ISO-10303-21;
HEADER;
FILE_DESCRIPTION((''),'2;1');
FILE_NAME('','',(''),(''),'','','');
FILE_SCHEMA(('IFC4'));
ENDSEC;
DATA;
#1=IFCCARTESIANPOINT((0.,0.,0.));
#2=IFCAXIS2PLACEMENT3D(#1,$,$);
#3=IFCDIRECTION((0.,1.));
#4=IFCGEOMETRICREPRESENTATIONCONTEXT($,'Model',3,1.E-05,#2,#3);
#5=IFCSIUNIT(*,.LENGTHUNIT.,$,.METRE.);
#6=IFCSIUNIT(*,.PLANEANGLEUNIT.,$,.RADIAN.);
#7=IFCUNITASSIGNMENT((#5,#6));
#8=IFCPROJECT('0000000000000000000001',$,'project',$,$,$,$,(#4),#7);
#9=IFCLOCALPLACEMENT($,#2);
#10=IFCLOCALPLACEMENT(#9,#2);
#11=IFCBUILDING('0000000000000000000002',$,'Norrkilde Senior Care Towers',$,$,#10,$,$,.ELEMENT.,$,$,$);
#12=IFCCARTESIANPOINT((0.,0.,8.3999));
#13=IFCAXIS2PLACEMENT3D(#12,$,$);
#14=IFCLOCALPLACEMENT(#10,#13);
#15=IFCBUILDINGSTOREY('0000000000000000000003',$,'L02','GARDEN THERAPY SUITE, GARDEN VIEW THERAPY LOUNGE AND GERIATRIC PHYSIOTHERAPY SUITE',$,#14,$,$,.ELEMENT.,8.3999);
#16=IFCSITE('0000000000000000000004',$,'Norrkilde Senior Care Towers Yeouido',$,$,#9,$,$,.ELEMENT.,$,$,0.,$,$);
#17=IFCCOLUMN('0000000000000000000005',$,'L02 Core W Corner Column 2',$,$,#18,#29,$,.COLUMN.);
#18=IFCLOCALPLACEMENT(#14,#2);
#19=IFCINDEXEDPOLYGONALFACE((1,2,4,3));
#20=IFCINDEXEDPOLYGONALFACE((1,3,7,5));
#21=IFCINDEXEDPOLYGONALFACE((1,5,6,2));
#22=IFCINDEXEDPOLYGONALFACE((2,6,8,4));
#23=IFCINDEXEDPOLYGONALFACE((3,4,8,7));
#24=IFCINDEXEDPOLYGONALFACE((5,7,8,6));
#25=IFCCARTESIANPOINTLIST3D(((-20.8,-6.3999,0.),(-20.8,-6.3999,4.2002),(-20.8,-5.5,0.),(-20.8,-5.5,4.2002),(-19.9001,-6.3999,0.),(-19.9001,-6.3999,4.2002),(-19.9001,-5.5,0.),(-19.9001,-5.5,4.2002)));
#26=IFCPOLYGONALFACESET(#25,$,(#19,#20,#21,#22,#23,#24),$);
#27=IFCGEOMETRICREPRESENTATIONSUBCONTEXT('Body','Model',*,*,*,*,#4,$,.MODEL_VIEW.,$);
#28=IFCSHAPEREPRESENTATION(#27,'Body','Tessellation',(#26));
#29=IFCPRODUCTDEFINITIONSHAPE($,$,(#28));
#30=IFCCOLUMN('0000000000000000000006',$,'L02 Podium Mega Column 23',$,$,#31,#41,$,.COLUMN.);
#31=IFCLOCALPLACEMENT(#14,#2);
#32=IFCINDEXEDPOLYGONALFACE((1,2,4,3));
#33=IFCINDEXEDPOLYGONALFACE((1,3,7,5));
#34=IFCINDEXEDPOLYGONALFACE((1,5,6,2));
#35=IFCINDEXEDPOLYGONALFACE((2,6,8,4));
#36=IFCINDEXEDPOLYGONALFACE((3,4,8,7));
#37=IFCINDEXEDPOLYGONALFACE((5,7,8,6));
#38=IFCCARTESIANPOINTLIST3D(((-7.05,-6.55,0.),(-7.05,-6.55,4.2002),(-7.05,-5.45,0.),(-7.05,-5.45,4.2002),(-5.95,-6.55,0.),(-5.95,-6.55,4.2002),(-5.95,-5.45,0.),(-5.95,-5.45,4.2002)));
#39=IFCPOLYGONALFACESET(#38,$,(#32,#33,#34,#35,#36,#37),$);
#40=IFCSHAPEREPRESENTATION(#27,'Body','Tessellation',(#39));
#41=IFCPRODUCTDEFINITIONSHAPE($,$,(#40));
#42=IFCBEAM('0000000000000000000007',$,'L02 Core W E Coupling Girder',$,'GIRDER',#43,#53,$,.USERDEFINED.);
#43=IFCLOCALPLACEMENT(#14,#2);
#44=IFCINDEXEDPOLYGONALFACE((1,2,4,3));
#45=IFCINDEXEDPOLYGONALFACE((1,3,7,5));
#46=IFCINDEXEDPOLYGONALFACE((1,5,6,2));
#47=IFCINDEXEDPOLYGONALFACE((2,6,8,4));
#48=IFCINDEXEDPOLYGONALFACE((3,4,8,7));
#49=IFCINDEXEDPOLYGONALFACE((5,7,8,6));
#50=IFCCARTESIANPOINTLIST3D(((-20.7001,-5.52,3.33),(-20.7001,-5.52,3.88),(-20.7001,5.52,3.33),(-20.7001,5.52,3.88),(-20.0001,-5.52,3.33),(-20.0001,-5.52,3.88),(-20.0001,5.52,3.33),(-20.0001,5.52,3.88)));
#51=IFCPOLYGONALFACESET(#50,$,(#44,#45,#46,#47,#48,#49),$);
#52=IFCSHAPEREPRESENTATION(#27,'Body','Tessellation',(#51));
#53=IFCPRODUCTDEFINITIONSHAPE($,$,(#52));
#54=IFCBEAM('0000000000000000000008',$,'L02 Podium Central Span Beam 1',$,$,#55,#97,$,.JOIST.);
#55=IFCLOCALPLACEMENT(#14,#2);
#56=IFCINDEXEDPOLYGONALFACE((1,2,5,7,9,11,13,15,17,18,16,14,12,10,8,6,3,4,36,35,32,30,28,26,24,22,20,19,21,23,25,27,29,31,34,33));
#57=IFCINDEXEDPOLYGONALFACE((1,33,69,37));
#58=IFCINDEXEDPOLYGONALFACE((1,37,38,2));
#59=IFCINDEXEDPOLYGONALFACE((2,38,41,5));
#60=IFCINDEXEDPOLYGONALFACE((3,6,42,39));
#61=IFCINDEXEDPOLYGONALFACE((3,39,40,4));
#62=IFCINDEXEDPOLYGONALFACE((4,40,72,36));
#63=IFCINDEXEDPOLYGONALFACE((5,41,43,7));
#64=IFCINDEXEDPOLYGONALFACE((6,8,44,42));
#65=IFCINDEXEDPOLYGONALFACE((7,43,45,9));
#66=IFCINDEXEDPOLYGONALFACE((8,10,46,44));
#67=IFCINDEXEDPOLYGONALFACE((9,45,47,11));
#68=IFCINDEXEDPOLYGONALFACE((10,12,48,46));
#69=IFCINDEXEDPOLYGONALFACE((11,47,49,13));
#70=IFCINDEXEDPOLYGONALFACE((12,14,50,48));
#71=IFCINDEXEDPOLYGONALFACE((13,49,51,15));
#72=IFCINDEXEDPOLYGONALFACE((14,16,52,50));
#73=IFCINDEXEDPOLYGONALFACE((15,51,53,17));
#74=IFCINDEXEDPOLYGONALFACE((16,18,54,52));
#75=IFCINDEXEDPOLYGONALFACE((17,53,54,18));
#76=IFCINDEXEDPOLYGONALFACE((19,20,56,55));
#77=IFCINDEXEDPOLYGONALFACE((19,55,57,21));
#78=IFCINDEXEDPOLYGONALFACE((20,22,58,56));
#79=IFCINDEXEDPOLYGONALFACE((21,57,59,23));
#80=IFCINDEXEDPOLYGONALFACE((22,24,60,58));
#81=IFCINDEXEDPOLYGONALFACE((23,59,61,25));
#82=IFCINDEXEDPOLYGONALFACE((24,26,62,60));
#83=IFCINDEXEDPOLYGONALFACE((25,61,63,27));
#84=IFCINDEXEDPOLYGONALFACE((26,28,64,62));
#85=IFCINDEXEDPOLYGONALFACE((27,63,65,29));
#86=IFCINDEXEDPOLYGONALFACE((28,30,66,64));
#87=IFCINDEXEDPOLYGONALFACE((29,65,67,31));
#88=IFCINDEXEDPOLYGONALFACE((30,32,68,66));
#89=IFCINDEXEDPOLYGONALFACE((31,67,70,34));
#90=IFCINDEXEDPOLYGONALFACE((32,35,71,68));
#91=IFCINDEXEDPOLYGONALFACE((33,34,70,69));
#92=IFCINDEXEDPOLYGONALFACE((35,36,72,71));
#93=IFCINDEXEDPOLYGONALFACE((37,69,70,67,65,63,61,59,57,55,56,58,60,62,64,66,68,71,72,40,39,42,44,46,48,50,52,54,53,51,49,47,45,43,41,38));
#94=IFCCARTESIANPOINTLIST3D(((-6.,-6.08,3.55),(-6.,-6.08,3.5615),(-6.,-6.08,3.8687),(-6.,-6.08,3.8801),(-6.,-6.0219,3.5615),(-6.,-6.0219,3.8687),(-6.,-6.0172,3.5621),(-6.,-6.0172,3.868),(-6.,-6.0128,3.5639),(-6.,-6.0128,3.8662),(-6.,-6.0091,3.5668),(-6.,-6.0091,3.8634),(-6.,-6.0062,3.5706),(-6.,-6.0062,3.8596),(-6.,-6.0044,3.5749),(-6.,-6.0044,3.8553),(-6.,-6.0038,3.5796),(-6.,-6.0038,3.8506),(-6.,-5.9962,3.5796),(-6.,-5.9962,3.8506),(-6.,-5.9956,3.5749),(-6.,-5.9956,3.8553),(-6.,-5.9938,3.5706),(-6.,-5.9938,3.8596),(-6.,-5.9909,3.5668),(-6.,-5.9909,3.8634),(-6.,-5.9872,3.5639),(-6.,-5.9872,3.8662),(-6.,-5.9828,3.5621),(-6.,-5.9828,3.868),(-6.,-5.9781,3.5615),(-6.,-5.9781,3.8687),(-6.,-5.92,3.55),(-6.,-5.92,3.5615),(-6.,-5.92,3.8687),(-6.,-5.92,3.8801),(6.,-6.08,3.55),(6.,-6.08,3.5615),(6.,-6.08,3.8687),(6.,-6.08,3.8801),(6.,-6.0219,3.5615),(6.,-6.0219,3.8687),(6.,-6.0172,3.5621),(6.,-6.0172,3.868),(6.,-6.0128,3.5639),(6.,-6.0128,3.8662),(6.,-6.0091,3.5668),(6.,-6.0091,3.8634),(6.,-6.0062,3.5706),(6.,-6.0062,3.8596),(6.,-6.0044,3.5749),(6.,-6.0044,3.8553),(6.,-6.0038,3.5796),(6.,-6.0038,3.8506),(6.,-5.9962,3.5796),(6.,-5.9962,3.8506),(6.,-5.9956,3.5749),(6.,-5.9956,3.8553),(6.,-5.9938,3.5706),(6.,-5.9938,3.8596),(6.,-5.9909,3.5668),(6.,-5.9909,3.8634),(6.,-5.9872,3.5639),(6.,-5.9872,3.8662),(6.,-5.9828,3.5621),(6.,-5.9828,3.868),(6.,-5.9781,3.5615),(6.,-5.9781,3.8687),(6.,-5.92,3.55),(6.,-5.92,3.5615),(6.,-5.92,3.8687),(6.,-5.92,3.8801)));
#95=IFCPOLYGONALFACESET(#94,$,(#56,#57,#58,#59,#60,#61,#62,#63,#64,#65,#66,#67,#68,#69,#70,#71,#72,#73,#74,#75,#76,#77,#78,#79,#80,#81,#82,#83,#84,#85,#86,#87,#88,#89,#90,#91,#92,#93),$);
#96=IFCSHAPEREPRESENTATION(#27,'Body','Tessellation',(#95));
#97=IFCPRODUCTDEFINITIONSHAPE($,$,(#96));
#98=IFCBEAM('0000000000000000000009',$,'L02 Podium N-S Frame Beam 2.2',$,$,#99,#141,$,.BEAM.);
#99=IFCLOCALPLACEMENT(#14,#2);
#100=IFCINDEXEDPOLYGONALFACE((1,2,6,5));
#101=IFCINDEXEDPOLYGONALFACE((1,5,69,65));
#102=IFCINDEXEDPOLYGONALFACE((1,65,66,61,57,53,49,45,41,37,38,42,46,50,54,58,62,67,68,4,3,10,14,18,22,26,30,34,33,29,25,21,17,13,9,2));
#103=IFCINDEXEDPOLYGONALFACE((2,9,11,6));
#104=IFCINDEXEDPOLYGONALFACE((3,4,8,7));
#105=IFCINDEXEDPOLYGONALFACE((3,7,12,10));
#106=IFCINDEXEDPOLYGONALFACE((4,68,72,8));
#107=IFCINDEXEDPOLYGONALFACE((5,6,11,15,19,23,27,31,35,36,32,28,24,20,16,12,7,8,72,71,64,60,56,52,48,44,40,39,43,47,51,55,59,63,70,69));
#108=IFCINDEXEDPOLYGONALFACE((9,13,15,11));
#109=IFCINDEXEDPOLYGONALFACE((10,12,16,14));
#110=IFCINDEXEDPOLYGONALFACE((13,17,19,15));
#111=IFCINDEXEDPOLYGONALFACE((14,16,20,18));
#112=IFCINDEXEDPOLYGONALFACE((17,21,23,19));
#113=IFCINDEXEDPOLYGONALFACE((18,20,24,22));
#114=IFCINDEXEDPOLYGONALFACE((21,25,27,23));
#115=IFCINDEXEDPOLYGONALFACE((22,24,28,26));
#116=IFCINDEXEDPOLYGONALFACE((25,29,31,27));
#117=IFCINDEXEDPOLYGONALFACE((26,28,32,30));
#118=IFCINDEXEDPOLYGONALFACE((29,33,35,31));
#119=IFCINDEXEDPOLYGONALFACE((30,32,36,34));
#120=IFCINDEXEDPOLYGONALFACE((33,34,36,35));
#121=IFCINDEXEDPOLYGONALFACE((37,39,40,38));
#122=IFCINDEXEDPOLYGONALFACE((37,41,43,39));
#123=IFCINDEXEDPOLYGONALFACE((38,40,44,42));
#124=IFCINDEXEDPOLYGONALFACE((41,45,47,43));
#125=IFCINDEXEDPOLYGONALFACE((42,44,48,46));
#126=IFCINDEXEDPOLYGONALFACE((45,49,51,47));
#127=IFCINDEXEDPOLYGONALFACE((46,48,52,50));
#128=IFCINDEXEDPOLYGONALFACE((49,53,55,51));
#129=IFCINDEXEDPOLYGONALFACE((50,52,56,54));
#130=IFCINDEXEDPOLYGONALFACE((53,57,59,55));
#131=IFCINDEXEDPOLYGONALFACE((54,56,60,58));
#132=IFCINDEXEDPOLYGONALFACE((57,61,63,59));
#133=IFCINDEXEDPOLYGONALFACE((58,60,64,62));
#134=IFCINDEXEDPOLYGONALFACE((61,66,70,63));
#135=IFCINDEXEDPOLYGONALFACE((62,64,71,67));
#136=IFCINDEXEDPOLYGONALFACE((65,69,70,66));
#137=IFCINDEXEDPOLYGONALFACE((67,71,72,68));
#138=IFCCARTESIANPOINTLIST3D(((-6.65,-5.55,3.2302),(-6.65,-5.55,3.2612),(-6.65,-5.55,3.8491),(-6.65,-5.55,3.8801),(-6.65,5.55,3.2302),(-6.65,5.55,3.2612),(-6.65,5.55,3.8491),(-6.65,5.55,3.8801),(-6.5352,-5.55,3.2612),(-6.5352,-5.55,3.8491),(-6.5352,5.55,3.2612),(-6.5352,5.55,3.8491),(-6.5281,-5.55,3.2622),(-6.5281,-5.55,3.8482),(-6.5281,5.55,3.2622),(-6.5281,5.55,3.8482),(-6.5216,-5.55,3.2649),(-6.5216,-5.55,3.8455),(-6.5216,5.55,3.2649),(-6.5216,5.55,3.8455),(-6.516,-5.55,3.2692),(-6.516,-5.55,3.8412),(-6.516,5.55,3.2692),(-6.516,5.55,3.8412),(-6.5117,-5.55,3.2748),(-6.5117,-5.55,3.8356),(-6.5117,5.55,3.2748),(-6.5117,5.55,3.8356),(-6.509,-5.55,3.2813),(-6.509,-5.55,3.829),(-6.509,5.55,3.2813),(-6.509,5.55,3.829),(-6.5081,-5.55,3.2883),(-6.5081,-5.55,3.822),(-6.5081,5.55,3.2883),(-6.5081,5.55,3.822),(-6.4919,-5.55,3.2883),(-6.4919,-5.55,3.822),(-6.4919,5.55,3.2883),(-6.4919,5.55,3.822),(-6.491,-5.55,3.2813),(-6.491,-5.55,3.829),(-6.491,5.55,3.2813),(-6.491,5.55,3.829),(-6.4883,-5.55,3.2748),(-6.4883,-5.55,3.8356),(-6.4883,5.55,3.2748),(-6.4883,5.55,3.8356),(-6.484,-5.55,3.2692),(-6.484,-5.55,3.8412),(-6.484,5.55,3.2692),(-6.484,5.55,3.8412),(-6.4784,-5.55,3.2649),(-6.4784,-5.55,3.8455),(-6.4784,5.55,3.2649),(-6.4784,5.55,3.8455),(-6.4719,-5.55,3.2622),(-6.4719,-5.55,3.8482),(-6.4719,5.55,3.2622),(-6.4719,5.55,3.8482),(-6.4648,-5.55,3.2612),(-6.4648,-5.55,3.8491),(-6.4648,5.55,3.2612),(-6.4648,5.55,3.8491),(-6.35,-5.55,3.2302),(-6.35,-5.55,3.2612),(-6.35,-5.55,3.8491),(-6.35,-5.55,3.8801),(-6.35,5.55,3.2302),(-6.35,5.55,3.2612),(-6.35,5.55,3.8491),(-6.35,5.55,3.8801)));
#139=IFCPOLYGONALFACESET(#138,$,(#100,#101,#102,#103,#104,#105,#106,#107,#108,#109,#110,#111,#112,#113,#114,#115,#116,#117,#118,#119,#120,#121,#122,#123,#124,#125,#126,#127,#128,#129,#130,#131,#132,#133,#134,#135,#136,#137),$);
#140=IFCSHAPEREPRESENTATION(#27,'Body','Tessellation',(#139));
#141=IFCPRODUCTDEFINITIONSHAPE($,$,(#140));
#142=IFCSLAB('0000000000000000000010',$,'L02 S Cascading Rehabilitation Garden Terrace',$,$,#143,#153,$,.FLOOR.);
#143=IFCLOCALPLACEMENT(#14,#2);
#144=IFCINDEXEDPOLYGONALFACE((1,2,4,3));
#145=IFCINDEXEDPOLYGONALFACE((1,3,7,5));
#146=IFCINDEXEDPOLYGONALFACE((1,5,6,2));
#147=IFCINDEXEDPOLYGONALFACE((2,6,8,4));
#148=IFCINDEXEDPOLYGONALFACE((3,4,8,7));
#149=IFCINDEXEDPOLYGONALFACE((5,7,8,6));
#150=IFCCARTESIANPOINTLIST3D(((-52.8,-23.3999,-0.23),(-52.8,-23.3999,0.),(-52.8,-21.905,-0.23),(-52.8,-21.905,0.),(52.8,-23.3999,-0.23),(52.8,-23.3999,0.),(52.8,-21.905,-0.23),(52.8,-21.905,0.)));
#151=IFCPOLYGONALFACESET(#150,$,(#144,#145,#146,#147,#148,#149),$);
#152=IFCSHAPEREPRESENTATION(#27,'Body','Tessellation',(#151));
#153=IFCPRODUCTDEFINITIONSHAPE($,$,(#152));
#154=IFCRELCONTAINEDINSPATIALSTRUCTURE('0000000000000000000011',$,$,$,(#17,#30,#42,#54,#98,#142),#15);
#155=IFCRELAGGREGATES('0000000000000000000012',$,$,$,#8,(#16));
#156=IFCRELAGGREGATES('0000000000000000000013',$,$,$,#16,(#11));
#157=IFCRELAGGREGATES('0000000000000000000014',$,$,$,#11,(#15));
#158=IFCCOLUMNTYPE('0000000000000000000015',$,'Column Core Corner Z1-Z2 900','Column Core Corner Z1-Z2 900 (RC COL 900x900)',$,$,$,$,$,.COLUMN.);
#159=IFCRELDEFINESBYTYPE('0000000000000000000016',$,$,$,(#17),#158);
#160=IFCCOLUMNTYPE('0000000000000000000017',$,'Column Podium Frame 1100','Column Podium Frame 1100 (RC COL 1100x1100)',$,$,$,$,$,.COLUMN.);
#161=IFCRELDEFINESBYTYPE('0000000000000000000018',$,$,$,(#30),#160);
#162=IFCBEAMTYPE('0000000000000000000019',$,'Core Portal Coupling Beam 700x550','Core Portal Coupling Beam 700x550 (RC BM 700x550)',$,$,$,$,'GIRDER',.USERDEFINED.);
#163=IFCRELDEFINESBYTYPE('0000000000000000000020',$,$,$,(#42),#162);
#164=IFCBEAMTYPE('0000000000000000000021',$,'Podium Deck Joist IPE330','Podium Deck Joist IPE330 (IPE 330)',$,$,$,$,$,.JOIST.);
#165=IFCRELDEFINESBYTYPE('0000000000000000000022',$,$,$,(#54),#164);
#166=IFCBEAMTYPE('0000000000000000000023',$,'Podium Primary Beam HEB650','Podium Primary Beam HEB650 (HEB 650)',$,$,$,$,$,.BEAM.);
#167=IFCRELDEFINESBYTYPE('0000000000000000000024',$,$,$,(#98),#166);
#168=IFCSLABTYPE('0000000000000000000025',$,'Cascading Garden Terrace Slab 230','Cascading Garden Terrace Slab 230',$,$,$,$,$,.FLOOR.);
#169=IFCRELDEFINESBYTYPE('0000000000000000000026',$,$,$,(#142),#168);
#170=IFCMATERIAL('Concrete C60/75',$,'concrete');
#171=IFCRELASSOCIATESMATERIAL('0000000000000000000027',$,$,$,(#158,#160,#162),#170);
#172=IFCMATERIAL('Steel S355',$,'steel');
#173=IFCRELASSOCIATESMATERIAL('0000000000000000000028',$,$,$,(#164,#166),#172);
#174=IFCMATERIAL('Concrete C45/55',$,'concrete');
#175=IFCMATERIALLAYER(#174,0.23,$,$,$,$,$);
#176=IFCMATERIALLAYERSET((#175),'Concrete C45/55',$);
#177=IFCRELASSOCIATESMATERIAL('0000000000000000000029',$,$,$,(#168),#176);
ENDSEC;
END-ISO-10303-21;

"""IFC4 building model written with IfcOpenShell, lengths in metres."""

from ifc_helpers import new_model, si_unit, direction, frame, origin, origin_2d, place, context, subcontext, project, spatial, polyline, rectangle, i_section, outline, extrude, source, transform, mapped, material, layer, layer_set, material_profile, profile_set, type_object, type_shapes, element, save


model = new_model("IFC4")

# Units and contexts
model_context = context("Model", 3, precision=1e-05, world=origin(), true_north=direction((0.0, 1.0)))
body_context = subcontext(model_context, "Body", "Model", "MODEL_VIEW")
ifc_project = project(units=[si_unit("LENGTHUNIT", "METRE"), si_unit("PLANEANGLEUNIT", "RADIAN")], contexts=[model_context])

# Site, building, storey
site_placement = place(None, origin())
site = spatial("IfcSite", under=ifc_project, at=site_placement, Name="Norrkilde Senior Care Towers Yeouido", CompositionType="ELEMENT", RefElevation=0.0)
building_placement = place(site_placement, origin())
building = spatial("IfcBuilding", under=site, at=building_placement, Name="Norrkilde Senior Care Towers", CompositionType="ELEMENT")
storey_placement = place(building_placement, frame((0.0, 0.0, 8.3999)))
storey = spatial("IfcBuildingStorey", under=building, at=storey_placement, Name="L02", Description="GARDEN THERAPY SUITE, GARDEN VIEW THERAPY LOUNGE AND GERIATRIC PHYSIOTHERAPY SUITE", CompositionType="ELEMENT", Elevation=8.3999)

# Columns
ifc_material_1 = material(Name="Concrete C60/75", Category="concrete")
ifc_material_profile_1 = material_profile(ifc_material_1, rectangle(XDim=0.8999, YDim=0.8999, at=origin_2d()), Name="RC COL 900x900")
ifc_profile_set_1 = profile_set([ifc_material_profile_1], Name="Concrete C60/75")
column_type_1 = type_object("IfcColumnType", Name="Column Core Corner Z1-Z2 900", Description="Column Core Corner Z1-Z2 900 (RC COL 900x900)", PredefinedType="COLUMN", material=ifc_profile_set_1)
shared_shape_1 = source(origin(), body_context, "Body", "SweptSolid", [
    extrude(rectangle(XDim=0.8999, YDim=0.8999, at=origin_2d()), origin(), (0.0, 0.0, 1.0), 4.2002),
])
type_shapes(column_type_1, [shared_shape_1])
column_1_placement = place(storey_placement, frame((-20.3501, -5.95, 0.0), z_axis=(0.0, 0.0, 1.0), x_axis=(1.0, 0.0, 0.0)))
element("IfcColumn", 1, at=column_1_placement, inside=storey, type_object=column_type_1, Name="L02 Core W Corner Column 2", PredefinedType="COLUMN", context=body_context, shape_type="MappedRepresentation", body=[
    mapped(shared_shape_1, transform((0.0, 0.0, 0.0), x_axis=(1.0, 0.0, 0.0), y_axis=(0.0, 1.0, 0.0), z_axis=(0.0, 0.0, 1.0), scale=1.0)),
])
ifc_material_profile_2 = material_profile(ifc_material_1, rectangle(XDim=1.1001, YDim=1.1001, at=origin_2d()), Name="RC COL 1100x1100")
ifc_profile_set_2 = profile_set([ifc_material_profile_2], Name="Concrete C60/75")
column_type_2 = type_object("IfcColumnType", Name="Column Podium Frame 1100", Description="Column Podium Frame 1100 (RC COL 1100x1100)", PredefinedType="COLUMN", material=ifc_profile_set_2)
shared_shape_2 = source(origin(), body_context, "Body", "SweptSolid", [
    extrude(rectangle(XDim=1.1001, YDim=1.1001, at=origin_2d()), origin(), (0.0, 0.0, 1.0), 4.2002),
])
type_shapes(column_type_2, [shared_shape_2])
column_2_placement = place(storey_placement, frame((-6.5, -6.0, 0.0), z_axis=(0.0, 0.0, 1.0), x_axis=(1.0, 0.0, 0.0)))
element("IfcColumn", 2, at=column_2_placement, inside=storey, type_object=column_type_2, Name="L02 Podium Mega Column 23", PredefinedType="COLUMN", context=body_context, shape_type="MappedRepresentation", body=[
    mapped(shared_shape_2, transform((0.0, 0.0, 0.0), x_axis=(1.0, 0.0, 0.0), y_axis=(0.0, 1.0, 0.0), z_axis=(0.0, 0.0, 1.0), scale=1.0)),
])

# Beams
ifc_material_profile_3 = material_profile(ifc_material_1, rectangle(XDim=0.7, YDim=0.55, at=origin_2d()), Name="RC BM 700x550")
ifc_profile_set_3 = profile_set([ifc_material_profile_3], Name="Concrete C60/75")
beam_type_1 = type_object("IfcBeamType", Name="Core Portal Coupling Beam 700x550", Description="Core Portal Coupling Beam 700x550 (RC BM 700x550)", ElementType="GIRDER", PredefinedType="USERDEFINED", material=ifc_profile_set_3)
shared_shape_3 = source(origin(), body_context, "Body", "SweptSolid", [
    extrude(rectangle(XDim=0.7, YDim=0.55, at=origin_2d()), origin(), (0.0, 0.0, 1.0), 11.04),
])
type_shapes(beam_type_1, [shared_shape_3])
beam_1_placement = place(storey_placement, frame((-20.3501, -5.52, 3.605), z_axis=(0.0, 1.0, 0.0), x_axis=(-1.0, 0.0, 0.0)))
element("IfcBeam", 3, at=beam_1_placement, inside=storey, type_object=beam_type_1, Name="L02 Core W E Coupling Girder", ObjectType="GIRDER", PredefinedType="USERDEFINED", context=body_context, shape_type="MappedRepresentation", body=[
    mapped(shared_shape_3, transform((0.0, 0.0, 0.0), x_axis=(1.0, 0.0, 0.0), y_axis=(0.0, 1.0, 0.0), z_axis=(0.0, 0.0, 1.0), scale=1.0)),
])
ifc_material_2 = material(Name="Steel S355", Category="steel")
ifc_material_profile_4 = material_profile(ifc_material_2, i_section(OverallWidth=0.1599, OverallDepth=0.3301, WebThickness=0.0076, FlangeThickness=0.0115, FilletRadius=0.0181, at=origin_2d()), Name="IPE 330")
ifc_profile_set_4 = profile_set([ifc_material_profile_4], Name="Steel S355")
beam_type_2 = type_object("IfcBeamType", Name="Podium Deck Joist IPE330", Description="Podium Deck Joist IPE330 (IPE 330)", PredefinedType="JOIST", material=ifc_profile_set_4)
shared_shape_4 = source(origin(), body_context, "Body", "SweptSolid", [
    extrude(i_section(OverallWidth=0.1599, OverallDepth=0.3301, WebThickness=0.0076, FlangeThickness=0.0115, FilletRadius=0.0181, at=origin_2d()), origin(), (0.0, 0.0, 1.0), 12.0),
])
type_shapes(beam_type_2, [shared_shape_4])
beam_2_placement = place(storey_placement, frame((-6.0, -6.0, 3.7151), z_axis=(1.0, 0.0, 0.0), x_axis=(0.0, 1.0, 0.0)))
element("IfcBeam", 4, at=beam_2_placement, inside=storey, type_object=beam_type_2, Name="L02 Podium Central Span Beam 1", PredefinedType="JOIST", context=body_context, shape_type="MappedRepresentation", body=[
    mapped(shared_shape_4, transform((0.0, 0.0, 0.0), x_axis=(1.0, 0.0, 0.0), y_axis=(0.0, 1.0, 0.0), z_axis=(0.0, 0.0, 1.0), scale=1.0)),
])
ifc_material_profile_5 = material_profile(ifc_material_2, i_section(OverallWidth=0.3, OverallDepth=0.6499, WebThickness=0.0161, FlangeThickness=0.031, FilletRadius=0.0271, at=origin_2d()), Name="HEB 650")
ifc_profile_set_5 = profile_set([ifc_material_profile_5], Name="Steel S355")
beam_type_3 = type_object("IfcBeamType", Name="Podium Primary Beam HEB650", Description="Podium Primary Beam HEB650 (HEB 650)", PredefinedType="BEAM", material=ifc_profile_set_5)
shared_shape_5 = source(origin(), body_context, "Body", "SweptSolid", [
    extrude(i_section(OverallWidth=0.3, OverallDepth=0.6499, WebThickness=0.0161, FlangeThickness=0.031, FilletRadius=0.0271, at=origin_2d()), origin(), (0.0, 0.0, 1.0), 11.1001),
])
type_shapes(beam_type_3, [shared_shape_5])
beam_3_placement = place(storey_placement, frame((-6.5, -5.55, 3.5552), z_axis=(0.0, 1.0, 0.0), x_axis=(-1.0, 0.0, 0.0)))
element("IfcBeam", 5, at=beam_3_placement, inside=storey, type_object=beam_type_3, Name="L02 Podium N-S Frame Beam 2.2", PredefinedType="BEAM", context=body_context, shape_type="MappedRepresentation", body=[
    mapped(shared_shape_5, transform((0.0, 0.0, 0.0), x_axis=(1.0, 0.0, 0.0), y_axis=(0.0, 1.0, 0.0), z_axis=(0.0, 0.0, 1.0), scale=1.0)),
])

# Slab
ifc_material_3 = material(Name="Concrete C45/55", Category="concrete")
ifc_layer_1 = layer(ifc_material_3, 0.23)
ifc_layer_set_1 = layer_set([ifc_layer_1], Name="Concrete C45/55")
slab_type_1 = type_object("IfcSlabType", Name="Cascading Garden Terrace Slab 230", Description="Cascading Garden Terrace Slab 230", PredefinedType="FLOOR", material=ifc_layer_set_1)
slab_1_placement = place(storey_placement, frame((0.0, 0.0, -0.23)))
element("IfcSlab", 6, at=slab_1_placement, inside=storey, type_object=slab_type_1, Name="L02 S Cascading Rehabilitation Garden Terrace", PredefinedType="FLOOR", context=body_context, shape_type="SweptSolid", body=[
    extrude(outline(polyline([(-52.8, -23.3999), (52.8, -23.3999), (52.8, -21.905), (-52.8, -21.905), (-52.8, -23.3999)])), origin(), (0.0, 0.0, 1.0), 0.23),
])

save(model, "model.ifc")
